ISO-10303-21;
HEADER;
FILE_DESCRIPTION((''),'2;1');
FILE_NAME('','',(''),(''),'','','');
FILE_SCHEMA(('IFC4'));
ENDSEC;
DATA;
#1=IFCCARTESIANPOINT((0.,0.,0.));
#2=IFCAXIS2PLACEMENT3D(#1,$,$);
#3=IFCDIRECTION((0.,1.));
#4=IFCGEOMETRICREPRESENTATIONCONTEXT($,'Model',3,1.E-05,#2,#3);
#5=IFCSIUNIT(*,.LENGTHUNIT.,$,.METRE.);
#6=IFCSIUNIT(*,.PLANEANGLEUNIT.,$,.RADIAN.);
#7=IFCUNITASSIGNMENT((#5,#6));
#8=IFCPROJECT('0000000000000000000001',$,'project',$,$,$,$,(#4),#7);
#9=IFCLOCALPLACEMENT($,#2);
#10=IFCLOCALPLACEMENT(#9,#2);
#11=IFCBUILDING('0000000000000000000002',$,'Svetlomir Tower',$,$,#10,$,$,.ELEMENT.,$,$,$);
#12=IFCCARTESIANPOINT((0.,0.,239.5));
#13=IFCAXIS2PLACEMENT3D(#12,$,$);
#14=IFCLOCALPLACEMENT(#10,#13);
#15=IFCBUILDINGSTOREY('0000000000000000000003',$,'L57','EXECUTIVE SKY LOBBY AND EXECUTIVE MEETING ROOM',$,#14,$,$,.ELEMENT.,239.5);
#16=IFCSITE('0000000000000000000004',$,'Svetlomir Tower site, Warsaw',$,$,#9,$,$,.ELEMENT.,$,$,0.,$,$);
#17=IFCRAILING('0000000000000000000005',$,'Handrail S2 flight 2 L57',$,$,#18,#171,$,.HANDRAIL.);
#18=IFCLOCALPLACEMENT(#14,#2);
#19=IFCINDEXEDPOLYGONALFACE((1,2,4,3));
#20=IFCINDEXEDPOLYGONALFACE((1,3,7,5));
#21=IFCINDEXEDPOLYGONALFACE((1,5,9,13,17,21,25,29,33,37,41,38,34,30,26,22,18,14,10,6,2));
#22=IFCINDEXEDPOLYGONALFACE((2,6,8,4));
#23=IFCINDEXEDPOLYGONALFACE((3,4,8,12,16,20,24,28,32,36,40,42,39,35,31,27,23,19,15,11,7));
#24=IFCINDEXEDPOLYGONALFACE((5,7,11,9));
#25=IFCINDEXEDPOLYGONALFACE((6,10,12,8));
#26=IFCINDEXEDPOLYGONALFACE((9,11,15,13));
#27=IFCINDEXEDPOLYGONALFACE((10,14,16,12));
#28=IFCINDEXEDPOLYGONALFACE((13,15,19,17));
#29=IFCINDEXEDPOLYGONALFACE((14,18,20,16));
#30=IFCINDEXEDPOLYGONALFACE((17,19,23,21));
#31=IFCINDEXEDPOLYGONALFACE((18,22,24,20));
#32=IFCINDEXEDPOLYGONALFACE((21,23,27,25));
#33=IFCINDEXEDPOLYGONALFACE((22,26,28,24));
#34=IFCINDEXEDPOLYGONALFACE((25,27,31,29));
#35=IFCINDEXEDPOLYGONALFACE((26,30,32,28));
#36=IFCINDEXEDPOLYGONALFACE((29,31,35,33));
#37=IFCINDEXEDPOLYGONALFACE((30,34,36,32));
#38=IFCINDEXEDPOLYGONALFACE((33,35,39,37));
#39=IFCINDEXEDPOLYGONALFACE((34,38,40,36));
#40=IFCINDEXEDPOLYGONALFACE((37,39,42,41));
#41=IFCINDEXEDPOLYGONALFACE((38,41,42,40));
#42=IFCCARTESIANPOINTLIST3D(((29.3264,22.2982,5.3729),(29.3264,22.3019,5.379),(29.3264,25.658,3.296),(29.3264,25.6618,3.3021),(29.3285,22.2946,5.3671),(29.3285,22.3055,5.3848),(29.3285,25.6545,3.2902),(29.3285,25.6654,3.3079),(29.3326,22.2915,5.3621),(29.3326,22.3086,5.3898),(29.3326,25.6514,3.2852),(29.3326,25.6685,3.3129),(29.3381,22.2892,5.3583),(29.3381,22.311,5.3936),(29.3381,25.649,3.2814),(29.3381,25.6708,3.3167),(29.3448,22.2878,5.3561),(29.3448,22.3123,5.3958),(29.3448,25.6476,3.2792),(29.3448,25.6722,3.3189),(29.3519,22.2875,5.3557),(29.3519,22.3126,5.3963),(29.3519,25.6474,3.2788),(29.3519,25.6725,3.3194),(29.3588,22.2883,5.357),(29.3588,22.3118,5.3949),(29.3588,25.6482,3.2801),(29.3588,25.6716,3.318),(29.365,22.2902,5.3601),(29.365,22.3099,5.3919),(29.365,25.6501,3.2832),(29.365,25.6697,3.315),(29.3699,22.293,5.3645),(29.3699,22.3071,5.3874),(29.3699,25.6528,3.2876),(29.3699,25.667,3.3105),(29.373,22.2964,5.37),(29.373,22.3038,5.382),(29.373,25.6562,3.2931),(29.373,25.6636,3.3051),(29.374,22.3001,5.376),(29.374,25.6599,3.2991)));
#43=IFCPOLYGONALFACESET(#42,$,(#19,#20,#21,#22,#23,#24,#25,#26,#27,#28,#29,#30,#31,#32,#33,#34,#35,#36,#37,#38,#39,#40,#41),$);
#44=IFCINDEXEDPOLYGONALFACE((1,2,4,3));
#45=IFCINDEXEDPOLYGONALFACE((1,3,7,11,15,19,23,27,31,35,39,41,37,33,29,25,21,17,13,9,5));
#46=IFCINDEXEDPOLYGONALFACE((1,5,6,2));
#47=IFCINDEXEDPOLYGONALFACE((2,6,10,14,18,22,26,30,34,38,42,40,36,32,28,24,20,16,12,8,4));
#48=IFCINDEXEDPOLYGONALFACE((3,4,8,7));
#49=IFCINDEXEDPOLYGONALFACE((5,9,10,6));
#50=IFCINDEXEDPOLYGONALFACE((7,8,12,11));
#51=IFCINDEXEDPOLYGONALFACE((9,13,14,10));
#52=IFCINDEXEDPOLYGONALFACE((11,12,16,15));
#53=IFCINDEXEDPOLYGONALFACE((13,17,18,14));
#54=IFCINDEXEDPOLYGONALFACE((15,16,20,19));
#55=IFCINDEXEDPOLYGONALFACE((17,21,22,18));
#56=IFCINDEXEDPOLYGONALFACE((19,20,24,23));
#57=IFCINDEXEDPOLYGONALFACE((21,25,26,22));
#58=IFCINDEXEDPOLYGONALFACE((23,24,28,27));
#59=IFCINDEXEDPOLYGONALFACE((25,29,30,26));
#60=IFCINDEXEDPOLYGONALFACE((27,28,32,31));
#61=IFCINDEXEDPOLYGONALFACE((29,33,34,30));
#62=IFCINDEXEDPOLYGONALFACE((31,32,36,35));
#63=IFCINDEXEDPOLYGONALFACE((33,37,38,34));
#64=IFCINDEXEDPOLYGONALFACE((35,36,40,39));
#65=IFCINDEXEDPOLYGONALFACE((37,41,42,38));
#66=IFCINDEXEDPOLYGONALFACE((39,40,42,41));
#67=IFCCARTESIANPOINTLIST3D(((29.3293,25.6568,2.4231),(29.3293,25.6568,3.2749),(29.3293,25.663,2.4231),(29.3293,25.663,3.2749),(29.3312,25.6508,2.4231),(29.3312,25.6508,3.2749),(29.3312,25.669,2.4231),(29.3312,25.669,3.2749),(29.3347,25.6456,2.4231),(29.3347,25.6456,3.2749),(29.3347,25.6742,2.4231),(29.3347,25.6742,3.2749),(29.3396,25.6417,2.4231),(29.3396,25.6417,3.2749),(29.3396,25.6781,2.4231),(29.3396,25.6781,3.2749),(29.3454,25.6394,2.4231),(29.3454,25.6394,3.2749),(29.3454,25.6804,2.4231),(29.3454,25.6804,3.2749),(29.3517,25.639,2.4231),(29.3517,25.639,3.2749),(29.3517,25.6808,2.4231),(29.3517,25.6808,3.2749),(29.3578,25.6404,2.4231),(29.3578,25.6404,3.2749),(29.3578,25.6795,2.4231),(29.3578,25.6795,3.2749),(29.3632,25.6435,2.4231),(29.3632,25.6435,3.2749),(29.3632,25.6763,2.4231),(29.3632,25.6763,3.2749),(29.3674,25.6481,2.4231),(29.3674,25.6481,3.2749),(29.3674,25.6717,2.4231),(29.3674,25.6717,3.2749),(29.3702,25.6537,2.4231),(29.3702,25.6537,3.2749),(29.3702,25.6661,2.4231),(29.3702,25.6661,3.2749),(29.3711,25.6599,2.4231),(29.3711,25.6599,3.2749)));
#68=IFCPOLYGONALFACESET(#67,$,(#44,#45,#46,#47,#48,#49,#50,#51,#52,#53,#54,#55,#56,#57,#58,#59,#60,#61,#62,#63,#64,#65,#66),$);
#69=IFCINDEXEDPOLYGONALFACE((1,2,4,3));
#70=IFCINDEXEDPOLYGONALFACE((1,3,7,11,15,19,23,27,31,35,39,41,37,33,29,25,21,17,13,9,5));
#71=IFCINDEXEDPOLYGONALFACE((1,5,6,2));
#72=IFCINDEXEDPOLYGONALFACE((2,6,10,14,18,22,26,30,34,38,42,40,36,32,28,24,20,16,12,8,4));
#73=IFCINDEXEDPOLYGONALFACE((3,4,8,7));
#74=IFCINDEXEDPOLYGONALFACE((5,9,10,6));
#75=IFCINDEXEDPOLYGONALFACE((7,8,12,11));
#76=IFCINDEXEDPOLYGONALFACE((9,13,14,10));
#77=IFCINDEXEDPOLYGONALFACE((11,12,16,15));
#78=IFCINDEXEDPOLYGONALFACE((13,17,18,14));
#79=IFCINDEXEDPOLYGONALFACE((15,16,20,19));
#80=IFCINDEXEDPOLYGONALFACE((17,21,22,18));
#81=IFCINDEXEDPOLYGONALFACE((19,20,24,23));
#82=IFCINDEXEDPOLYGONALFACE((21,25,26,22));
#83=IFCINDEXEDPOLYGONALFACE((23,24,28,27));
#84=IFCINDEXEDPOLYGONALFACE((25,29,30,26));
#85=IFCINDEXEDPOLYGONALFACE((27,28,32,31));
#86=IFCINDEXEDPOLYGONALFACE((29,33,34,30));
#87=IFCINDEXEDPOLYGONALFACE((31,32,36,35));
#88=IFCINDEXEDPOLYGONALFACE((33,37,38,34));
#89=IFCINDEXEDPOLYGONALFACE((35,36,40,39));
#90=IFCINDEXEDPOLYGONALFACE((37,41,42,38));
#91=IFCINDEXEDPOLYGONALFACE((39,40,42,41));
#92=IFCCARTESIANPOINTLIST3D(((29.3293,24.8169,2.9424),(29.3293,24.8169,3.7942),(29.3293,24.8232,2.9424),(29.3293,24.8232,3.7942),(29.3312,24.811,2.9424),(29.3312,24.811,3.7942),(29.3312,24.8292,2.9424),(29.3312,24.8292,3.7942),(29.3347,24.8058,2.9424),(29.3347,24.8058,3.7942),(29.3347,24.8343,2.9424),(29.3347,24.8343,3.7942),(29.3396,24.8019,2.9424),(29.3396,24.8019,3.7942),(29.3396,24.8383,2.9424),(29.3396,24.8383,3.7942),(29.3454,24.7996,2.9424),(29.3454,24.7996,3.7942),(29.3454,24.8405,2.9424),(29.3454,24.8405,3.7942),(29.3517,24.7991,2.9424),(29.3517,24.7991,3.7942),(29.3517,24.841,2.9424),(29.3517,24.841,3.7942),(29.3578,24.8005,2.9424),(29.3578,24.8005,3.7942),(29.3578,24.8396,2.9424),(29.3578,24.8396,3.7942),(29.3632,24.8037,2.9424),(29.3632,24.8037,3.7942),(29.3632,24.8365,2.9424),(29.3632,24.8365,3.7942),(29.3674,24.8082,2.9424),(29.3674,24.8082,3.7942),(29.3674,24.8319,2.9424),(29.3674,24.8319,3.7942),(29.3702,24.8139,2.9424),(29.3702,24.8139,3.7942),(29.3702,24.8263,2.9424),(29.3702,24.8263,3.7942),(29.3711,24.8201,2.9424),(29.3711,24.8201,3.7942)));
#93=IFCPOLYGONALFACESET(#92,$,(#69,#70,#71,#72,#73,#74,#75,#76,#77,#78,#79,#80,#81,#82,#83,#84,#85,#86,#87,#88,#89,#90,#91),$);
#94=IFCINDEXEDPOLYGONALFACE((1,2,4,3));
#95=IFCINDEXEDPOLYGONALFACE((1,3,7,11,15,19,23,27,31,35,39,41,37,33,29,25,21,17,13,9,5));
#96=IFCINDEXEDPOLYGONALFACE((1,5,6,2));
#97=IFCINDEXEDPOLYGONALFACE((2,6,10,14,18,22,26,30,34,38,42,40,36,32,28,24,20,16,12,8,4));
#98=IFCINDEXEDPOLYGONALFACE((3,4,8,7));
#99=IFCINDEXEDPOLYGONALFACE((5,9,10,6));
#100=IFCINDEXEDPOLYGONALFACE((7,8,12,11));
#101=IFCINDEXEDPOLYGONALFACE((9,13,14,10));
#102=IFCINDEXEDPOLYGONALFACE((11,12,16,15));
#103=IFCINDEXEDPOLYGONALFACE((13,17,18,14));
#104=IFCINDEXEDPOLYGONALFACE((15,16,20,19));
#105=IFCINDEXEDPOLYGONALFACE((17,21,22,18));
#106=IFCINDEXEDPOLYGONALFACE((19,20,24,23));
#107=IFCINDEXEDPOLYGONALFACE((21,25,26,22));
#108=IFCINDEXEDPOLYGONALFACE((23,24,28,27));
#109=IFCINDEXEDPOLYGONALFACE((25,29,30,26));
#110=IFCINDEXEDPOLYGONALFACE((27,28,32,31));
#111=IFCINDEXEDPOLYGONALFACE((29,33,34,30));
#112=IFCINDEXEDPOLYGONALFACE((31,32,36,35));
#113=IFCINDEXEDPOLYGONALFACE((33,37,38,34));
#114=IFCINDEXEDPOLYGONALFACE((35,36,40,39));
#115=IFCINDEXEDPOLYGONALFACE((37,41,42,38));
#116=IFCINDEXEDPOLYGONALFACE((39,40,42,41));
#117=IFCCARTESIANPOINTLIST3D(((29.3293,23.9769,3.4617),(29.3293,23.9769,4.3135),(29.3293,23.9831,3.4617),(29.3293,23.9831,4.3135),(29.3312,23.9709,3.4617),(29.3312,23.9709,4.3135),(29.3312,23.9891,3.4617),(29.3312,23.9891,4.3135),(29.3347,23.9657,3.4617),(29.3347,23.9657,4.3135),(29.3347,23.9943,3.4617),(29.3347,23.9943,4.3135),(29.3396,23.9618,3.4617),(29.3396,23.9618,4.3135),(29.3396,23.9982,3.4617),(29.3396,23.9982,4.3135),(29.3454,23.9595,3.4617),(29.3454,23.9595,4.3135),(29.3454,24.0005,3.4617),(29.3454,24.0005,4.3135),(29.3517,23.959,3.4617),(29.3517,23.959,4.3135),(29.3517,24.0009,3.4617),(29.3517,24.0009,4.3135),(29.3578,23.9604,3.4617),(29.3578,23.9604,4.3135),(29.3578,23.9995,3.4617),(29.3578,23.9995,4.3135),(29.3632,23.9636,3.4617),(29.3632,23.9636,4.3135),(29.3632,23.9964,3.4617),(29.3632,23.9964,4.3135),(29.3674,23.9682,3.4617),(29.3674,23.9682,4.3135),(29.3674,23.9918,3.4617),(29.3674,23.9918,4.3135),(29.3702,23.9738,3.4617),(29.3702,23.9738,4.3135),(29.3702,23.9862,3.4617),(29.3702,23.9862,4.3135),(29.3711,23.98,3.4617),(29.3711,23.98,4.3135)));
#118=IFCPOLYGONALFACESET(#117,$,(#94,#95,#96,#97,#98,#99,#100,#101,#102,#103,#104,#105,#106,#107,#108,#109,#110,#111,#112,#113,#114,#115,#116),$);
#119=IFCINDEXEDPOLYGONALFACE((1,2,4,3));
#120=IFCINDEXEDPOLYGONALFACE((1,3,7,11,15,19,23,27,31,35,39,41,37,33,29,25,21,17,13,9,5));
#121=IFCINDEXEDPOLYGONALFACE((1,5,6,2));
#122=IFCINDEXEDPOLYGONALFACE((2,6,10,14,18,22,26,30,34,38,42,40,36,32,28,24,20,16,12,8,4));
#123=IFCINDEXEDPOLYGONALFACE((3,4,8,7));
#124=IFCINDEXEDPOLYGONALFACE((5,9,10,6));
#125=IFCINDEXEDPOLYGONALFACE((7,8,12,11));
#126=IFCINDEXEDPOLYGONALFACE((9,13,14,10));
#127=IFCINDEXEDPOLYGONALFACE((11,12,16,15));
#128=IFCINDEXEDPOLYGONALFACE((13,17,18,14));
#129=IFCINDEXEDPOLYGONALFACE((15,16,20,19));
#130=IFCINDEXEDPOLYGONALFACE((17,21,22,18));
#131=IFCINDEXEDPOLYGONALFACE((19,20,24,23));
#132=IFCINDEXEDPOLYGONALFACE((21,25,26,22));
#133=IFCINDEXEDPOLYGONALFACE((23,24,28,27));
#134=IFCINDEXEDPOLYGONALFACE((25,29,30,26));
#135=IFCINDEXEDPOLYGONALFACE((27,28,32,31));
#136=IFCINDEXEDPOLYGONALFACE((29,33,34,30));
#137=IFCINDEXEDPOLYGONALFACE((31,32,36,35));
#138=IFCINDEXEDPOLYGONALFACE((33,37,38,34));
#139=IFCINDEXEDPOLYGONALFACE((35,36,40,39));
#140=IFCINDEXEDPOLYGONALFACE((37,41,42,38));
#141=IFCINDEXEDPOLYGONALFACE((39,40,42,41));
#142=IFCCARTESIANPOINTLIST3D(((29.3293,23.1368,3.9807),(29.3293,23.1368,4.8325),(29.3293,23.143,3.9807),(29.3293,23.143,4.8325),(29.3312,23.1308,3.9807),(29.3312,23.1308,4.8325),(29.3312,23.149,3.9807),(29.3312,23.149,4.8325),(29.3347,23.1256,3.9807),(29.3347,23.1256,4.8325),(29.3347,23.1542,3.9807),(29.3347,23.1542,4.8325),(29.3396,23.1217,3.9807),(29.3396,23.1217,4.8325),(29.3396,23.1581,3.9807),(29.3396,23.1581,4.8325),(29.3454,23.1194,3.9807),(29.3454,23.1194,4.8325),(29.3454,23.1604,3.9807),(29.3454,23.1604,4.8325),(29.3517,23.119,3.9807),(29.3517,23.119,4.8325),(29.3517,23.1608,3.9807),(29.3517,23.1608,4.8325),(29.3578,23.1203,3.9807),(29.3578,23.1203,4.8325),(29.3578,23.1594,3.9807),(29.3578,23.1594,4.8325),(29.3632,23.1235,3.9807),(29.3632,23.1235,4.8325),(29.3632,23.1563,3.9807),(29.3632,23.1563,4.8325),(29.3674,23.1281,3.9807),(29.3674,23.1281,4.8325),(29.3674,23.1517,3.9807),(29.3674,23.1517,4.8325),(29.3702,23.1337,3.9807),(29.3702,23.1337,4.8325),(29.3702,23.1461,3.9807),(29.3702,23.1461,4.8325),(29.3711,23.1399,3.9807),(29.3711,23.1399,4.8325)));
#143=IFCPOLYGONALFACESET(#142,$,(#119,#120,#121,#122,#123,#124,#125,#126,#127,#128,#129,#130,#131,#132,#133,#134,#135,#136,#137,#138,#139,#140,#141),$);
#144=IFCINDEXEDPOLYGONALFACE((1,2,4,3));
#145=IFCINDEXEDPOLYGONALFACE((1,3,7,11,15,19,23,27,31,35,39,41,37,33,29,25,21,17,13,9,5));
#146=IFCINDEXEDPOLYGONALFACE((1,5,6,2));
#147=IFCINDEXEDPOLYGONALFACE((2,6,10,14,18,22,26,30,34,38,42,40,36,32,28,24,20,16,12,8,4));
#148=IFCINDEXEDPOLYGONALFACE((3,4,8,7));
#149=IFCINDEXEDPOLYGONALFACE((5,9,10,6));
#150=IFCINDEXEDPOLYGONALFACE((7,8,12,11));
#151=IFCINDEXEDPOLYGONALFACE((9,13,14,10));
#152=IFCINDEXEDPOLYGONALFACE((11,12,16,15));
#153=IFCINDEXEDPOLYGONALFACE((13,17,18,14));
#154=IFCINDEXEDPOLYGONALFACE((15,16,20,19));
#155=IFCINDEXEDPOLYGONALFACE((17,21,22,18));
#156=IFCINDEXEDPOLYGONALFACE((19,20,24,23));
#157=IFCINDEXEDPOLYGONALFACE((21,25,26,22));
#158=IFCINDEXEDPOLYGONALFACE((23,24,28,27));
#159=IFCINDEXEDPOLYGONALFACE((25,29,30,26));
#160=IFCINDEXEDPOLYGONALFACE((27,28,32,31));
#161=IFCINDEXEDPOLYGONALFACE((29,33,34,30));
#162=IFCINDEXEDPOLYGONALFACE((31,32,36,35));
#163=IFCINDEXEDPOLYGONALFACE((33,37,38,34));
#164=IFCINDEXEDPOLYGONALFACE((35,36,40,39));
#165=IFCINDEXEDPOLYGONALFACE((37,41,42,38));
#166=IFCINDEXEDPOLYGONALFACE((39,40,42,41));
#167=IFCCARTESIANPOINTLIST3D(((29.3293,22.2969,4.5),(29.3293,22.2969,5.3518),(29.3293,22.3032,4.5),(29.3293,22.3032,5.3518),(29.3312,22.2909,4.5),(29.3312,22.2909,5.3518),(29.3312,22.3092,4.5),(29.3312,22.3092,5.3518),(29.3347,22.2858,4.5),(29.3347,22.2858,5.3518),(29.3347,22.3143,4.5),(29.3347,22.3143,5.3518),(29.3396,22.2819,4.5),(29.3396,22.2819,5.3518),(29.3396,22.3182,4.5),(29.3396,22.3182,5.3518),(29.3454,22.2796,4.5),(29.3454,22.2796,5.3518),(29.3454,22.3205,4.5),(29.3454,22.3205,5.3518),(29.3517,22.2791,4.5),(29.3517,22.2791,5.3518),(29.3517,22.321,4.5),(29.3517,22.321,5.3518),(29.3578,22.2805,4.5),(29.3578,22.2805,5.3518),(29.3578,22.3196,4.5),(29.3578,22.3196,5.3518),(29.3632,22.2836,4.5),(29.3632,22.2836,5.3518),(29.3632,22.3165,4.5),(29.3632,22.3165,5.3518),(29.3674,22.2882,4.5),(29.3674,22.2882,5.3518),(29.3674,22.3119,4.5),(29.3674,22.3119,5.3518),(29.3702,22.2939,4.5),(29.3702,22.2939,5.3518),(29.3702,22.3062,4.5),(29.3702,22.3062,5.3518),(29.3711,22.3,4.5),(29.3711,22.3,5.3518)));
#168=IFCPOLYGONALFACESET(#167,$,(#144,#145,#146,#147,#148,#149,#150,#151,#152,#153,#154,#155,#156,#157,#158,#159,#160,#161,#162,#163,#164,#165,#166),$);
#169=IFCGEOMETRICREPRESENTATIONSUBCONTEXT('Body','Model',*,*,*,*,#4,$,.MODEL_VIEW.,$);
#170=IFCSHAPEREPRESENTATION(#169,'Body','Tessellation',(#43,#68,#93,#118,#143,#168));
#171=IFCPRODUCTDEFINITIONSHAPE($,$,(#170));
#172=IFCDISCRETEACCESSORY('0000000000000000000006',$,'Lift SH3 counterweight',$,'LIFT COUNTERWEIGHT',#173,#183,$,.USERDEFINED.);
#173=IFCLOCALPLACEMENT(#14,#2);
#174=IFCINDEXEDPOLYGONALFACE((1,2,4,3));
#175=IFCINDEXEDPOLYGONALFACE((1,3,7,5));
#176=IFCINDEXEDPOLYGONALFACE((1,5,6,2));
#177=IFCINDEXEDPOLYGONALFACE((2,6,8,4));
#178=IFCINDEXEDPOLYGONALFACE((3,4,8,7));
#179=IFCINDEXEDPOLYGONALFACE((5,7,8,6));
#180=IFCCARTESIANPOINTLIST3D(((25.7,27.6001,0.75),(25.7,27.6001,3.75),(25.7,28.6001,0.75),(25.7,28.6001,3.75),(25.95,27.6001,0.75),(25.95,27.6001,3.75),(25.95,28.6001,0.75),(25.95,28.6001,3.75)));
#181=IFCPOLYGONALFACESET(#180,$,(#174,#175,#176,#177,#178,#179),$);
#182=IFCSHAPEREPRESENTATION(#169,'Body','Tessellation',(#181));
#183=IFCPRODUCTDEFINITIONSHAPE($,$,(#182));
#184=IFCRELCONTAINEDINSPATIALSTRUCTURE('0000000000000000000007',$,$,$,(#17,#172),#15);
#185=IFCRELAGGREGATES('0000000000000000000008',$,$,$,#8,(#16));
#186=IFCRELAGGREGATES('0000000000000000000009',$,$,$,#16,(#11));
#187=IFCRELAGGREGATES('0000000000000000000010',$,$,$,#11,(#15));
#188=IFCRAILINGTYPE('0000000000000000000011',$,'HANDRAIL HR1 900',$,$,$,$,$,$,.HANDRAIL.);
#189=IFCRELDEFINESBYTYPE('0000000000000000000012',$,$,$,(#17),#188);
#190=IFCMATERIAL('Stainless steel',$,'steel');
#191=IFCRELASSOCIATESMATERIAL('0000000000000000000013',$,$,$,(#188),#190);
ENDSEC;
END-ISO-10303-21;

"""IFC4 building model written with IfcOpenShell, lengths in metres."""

from ifc_helpers import new_model, si_unit, direction, frame, origin, origin_2d, place, context, subcontext, project, spatial, rectangle, circle, extrude, material, type_object, element, save


model = new_model("IFC4")

# Units and contexts
model_context = context("Model", 3, precision=1e-05, world=origin(), true_north=direction((0.0, 1.0)))
body_context = subcontext(model_context, "Body", "Model", "MODEL_VIEW")
ifc_project = project(units=[si_unit("LENGTHUNIT", "METRE"), si_unit("PLANEANGLEUNIT", "RADIAN")], contexts=[model_context])

# Site, building, storey
site_placement = place(None, origin())
site = spatial("IfcSite", under=ifc_project, at=site_placement, Name="Svetlomir Tower site, Warsaw", CompositionType="ELEMENT", RefElevation=0.0)
building_placement = place(site_placement, origin())
building = spatial("IfcBuilding", under=site, at=building_placement, Name="Svetlomir Tower", CompositionType="ELEMENT")
storey_placement = place(building_placement, frame((0.0, 0.0, 239.5)))
storey = spatial("IfcBuildingStorey", under=building, at=storey_placement, Name="L57", Description="EXECUTIVE SKY LOBBY AND EXECUTIVE MEETING ROOM", CompositionType="ELEMENT", Elevation=239.5)

# Railing
ifc_material_1 = material(Name="Stainless steel", Category="steel")
railing_type = type_object("IfcRailingType", Name="HANDRAIL HR1 900", PredefinedType="HANDRAIL", material=ifc_material_1)
railing_1_placement = place(storey_placement, frame((29.3501, 25.6599, 2.4231)))
element("IfcRailing", 1, at=railing_1_placement, inside=storey, type_object=railing_type, Name="Handrail S2 flight 2 L57", PredefinedType="HANDRAIL", context=body_context, shape_type="SweptSolid", body=[
    extrude(circle(Radius=0.0239, at=origin_2d()), frame((0.0, 0.0, 0.876), z_axis=(0.0, -0.850606, 0.525803), x_axis=(1.0, 0.0, 0.0)), (0.0, 0.0, 1.0), 3.95),
    extrude(circle(Radius=0.021, at=origin_2d()), origin(), (0.0, 0.0, 1.0), 0.8518),
    extrude(circle(Radius=0.021, at=origin_2d()), frame((0.0, -0.8398, 0.5193)), (0.0, 0.0, 1.0), 0.8518),
    extrude(circle(Radius=0.021, at=origin_2d()), frame((0.0, -1.6799, 1.0386)), (0.0, 0.0, 1.0), 0.8518),
    extrude(circle(Radius=0.021, at=origin_2d()), frame((0.0, -2.52, 1.5576)), (0.0, 0.0, 1.0), 0.8518),
    extrude(circle(Radius=0.021, at=origin_2d()), frame((0.0, -3.3599, 2.0769)), (0.0, 0.0, 1.0), 0.8518),
])

# Discrete accessory
discrete_accessory_placement = place(storey_placement, frame((25.825, 28.1001, 0.75), z_axis=(0.0, 0.0, 1.0), x_axis=(1.0, 0.0, 0.0)))
element("IfcDiscreteAccessory", 2, at=discrete_accessory_placement, inside=storey, Name="Lift SH3 counterweight", ObjectType="LIFT COUNTERWEIGHT", PredefinedType="USERDEFINED", context=body_context, shape_type="SweptSolid", body=[
    extrude(rectangle(XDim=0.25, YDim=1.0, at=origin_2d()), origin(), (0.0, 0.0, 1.0), 3.0),
])

save(model, "model.ifc")
